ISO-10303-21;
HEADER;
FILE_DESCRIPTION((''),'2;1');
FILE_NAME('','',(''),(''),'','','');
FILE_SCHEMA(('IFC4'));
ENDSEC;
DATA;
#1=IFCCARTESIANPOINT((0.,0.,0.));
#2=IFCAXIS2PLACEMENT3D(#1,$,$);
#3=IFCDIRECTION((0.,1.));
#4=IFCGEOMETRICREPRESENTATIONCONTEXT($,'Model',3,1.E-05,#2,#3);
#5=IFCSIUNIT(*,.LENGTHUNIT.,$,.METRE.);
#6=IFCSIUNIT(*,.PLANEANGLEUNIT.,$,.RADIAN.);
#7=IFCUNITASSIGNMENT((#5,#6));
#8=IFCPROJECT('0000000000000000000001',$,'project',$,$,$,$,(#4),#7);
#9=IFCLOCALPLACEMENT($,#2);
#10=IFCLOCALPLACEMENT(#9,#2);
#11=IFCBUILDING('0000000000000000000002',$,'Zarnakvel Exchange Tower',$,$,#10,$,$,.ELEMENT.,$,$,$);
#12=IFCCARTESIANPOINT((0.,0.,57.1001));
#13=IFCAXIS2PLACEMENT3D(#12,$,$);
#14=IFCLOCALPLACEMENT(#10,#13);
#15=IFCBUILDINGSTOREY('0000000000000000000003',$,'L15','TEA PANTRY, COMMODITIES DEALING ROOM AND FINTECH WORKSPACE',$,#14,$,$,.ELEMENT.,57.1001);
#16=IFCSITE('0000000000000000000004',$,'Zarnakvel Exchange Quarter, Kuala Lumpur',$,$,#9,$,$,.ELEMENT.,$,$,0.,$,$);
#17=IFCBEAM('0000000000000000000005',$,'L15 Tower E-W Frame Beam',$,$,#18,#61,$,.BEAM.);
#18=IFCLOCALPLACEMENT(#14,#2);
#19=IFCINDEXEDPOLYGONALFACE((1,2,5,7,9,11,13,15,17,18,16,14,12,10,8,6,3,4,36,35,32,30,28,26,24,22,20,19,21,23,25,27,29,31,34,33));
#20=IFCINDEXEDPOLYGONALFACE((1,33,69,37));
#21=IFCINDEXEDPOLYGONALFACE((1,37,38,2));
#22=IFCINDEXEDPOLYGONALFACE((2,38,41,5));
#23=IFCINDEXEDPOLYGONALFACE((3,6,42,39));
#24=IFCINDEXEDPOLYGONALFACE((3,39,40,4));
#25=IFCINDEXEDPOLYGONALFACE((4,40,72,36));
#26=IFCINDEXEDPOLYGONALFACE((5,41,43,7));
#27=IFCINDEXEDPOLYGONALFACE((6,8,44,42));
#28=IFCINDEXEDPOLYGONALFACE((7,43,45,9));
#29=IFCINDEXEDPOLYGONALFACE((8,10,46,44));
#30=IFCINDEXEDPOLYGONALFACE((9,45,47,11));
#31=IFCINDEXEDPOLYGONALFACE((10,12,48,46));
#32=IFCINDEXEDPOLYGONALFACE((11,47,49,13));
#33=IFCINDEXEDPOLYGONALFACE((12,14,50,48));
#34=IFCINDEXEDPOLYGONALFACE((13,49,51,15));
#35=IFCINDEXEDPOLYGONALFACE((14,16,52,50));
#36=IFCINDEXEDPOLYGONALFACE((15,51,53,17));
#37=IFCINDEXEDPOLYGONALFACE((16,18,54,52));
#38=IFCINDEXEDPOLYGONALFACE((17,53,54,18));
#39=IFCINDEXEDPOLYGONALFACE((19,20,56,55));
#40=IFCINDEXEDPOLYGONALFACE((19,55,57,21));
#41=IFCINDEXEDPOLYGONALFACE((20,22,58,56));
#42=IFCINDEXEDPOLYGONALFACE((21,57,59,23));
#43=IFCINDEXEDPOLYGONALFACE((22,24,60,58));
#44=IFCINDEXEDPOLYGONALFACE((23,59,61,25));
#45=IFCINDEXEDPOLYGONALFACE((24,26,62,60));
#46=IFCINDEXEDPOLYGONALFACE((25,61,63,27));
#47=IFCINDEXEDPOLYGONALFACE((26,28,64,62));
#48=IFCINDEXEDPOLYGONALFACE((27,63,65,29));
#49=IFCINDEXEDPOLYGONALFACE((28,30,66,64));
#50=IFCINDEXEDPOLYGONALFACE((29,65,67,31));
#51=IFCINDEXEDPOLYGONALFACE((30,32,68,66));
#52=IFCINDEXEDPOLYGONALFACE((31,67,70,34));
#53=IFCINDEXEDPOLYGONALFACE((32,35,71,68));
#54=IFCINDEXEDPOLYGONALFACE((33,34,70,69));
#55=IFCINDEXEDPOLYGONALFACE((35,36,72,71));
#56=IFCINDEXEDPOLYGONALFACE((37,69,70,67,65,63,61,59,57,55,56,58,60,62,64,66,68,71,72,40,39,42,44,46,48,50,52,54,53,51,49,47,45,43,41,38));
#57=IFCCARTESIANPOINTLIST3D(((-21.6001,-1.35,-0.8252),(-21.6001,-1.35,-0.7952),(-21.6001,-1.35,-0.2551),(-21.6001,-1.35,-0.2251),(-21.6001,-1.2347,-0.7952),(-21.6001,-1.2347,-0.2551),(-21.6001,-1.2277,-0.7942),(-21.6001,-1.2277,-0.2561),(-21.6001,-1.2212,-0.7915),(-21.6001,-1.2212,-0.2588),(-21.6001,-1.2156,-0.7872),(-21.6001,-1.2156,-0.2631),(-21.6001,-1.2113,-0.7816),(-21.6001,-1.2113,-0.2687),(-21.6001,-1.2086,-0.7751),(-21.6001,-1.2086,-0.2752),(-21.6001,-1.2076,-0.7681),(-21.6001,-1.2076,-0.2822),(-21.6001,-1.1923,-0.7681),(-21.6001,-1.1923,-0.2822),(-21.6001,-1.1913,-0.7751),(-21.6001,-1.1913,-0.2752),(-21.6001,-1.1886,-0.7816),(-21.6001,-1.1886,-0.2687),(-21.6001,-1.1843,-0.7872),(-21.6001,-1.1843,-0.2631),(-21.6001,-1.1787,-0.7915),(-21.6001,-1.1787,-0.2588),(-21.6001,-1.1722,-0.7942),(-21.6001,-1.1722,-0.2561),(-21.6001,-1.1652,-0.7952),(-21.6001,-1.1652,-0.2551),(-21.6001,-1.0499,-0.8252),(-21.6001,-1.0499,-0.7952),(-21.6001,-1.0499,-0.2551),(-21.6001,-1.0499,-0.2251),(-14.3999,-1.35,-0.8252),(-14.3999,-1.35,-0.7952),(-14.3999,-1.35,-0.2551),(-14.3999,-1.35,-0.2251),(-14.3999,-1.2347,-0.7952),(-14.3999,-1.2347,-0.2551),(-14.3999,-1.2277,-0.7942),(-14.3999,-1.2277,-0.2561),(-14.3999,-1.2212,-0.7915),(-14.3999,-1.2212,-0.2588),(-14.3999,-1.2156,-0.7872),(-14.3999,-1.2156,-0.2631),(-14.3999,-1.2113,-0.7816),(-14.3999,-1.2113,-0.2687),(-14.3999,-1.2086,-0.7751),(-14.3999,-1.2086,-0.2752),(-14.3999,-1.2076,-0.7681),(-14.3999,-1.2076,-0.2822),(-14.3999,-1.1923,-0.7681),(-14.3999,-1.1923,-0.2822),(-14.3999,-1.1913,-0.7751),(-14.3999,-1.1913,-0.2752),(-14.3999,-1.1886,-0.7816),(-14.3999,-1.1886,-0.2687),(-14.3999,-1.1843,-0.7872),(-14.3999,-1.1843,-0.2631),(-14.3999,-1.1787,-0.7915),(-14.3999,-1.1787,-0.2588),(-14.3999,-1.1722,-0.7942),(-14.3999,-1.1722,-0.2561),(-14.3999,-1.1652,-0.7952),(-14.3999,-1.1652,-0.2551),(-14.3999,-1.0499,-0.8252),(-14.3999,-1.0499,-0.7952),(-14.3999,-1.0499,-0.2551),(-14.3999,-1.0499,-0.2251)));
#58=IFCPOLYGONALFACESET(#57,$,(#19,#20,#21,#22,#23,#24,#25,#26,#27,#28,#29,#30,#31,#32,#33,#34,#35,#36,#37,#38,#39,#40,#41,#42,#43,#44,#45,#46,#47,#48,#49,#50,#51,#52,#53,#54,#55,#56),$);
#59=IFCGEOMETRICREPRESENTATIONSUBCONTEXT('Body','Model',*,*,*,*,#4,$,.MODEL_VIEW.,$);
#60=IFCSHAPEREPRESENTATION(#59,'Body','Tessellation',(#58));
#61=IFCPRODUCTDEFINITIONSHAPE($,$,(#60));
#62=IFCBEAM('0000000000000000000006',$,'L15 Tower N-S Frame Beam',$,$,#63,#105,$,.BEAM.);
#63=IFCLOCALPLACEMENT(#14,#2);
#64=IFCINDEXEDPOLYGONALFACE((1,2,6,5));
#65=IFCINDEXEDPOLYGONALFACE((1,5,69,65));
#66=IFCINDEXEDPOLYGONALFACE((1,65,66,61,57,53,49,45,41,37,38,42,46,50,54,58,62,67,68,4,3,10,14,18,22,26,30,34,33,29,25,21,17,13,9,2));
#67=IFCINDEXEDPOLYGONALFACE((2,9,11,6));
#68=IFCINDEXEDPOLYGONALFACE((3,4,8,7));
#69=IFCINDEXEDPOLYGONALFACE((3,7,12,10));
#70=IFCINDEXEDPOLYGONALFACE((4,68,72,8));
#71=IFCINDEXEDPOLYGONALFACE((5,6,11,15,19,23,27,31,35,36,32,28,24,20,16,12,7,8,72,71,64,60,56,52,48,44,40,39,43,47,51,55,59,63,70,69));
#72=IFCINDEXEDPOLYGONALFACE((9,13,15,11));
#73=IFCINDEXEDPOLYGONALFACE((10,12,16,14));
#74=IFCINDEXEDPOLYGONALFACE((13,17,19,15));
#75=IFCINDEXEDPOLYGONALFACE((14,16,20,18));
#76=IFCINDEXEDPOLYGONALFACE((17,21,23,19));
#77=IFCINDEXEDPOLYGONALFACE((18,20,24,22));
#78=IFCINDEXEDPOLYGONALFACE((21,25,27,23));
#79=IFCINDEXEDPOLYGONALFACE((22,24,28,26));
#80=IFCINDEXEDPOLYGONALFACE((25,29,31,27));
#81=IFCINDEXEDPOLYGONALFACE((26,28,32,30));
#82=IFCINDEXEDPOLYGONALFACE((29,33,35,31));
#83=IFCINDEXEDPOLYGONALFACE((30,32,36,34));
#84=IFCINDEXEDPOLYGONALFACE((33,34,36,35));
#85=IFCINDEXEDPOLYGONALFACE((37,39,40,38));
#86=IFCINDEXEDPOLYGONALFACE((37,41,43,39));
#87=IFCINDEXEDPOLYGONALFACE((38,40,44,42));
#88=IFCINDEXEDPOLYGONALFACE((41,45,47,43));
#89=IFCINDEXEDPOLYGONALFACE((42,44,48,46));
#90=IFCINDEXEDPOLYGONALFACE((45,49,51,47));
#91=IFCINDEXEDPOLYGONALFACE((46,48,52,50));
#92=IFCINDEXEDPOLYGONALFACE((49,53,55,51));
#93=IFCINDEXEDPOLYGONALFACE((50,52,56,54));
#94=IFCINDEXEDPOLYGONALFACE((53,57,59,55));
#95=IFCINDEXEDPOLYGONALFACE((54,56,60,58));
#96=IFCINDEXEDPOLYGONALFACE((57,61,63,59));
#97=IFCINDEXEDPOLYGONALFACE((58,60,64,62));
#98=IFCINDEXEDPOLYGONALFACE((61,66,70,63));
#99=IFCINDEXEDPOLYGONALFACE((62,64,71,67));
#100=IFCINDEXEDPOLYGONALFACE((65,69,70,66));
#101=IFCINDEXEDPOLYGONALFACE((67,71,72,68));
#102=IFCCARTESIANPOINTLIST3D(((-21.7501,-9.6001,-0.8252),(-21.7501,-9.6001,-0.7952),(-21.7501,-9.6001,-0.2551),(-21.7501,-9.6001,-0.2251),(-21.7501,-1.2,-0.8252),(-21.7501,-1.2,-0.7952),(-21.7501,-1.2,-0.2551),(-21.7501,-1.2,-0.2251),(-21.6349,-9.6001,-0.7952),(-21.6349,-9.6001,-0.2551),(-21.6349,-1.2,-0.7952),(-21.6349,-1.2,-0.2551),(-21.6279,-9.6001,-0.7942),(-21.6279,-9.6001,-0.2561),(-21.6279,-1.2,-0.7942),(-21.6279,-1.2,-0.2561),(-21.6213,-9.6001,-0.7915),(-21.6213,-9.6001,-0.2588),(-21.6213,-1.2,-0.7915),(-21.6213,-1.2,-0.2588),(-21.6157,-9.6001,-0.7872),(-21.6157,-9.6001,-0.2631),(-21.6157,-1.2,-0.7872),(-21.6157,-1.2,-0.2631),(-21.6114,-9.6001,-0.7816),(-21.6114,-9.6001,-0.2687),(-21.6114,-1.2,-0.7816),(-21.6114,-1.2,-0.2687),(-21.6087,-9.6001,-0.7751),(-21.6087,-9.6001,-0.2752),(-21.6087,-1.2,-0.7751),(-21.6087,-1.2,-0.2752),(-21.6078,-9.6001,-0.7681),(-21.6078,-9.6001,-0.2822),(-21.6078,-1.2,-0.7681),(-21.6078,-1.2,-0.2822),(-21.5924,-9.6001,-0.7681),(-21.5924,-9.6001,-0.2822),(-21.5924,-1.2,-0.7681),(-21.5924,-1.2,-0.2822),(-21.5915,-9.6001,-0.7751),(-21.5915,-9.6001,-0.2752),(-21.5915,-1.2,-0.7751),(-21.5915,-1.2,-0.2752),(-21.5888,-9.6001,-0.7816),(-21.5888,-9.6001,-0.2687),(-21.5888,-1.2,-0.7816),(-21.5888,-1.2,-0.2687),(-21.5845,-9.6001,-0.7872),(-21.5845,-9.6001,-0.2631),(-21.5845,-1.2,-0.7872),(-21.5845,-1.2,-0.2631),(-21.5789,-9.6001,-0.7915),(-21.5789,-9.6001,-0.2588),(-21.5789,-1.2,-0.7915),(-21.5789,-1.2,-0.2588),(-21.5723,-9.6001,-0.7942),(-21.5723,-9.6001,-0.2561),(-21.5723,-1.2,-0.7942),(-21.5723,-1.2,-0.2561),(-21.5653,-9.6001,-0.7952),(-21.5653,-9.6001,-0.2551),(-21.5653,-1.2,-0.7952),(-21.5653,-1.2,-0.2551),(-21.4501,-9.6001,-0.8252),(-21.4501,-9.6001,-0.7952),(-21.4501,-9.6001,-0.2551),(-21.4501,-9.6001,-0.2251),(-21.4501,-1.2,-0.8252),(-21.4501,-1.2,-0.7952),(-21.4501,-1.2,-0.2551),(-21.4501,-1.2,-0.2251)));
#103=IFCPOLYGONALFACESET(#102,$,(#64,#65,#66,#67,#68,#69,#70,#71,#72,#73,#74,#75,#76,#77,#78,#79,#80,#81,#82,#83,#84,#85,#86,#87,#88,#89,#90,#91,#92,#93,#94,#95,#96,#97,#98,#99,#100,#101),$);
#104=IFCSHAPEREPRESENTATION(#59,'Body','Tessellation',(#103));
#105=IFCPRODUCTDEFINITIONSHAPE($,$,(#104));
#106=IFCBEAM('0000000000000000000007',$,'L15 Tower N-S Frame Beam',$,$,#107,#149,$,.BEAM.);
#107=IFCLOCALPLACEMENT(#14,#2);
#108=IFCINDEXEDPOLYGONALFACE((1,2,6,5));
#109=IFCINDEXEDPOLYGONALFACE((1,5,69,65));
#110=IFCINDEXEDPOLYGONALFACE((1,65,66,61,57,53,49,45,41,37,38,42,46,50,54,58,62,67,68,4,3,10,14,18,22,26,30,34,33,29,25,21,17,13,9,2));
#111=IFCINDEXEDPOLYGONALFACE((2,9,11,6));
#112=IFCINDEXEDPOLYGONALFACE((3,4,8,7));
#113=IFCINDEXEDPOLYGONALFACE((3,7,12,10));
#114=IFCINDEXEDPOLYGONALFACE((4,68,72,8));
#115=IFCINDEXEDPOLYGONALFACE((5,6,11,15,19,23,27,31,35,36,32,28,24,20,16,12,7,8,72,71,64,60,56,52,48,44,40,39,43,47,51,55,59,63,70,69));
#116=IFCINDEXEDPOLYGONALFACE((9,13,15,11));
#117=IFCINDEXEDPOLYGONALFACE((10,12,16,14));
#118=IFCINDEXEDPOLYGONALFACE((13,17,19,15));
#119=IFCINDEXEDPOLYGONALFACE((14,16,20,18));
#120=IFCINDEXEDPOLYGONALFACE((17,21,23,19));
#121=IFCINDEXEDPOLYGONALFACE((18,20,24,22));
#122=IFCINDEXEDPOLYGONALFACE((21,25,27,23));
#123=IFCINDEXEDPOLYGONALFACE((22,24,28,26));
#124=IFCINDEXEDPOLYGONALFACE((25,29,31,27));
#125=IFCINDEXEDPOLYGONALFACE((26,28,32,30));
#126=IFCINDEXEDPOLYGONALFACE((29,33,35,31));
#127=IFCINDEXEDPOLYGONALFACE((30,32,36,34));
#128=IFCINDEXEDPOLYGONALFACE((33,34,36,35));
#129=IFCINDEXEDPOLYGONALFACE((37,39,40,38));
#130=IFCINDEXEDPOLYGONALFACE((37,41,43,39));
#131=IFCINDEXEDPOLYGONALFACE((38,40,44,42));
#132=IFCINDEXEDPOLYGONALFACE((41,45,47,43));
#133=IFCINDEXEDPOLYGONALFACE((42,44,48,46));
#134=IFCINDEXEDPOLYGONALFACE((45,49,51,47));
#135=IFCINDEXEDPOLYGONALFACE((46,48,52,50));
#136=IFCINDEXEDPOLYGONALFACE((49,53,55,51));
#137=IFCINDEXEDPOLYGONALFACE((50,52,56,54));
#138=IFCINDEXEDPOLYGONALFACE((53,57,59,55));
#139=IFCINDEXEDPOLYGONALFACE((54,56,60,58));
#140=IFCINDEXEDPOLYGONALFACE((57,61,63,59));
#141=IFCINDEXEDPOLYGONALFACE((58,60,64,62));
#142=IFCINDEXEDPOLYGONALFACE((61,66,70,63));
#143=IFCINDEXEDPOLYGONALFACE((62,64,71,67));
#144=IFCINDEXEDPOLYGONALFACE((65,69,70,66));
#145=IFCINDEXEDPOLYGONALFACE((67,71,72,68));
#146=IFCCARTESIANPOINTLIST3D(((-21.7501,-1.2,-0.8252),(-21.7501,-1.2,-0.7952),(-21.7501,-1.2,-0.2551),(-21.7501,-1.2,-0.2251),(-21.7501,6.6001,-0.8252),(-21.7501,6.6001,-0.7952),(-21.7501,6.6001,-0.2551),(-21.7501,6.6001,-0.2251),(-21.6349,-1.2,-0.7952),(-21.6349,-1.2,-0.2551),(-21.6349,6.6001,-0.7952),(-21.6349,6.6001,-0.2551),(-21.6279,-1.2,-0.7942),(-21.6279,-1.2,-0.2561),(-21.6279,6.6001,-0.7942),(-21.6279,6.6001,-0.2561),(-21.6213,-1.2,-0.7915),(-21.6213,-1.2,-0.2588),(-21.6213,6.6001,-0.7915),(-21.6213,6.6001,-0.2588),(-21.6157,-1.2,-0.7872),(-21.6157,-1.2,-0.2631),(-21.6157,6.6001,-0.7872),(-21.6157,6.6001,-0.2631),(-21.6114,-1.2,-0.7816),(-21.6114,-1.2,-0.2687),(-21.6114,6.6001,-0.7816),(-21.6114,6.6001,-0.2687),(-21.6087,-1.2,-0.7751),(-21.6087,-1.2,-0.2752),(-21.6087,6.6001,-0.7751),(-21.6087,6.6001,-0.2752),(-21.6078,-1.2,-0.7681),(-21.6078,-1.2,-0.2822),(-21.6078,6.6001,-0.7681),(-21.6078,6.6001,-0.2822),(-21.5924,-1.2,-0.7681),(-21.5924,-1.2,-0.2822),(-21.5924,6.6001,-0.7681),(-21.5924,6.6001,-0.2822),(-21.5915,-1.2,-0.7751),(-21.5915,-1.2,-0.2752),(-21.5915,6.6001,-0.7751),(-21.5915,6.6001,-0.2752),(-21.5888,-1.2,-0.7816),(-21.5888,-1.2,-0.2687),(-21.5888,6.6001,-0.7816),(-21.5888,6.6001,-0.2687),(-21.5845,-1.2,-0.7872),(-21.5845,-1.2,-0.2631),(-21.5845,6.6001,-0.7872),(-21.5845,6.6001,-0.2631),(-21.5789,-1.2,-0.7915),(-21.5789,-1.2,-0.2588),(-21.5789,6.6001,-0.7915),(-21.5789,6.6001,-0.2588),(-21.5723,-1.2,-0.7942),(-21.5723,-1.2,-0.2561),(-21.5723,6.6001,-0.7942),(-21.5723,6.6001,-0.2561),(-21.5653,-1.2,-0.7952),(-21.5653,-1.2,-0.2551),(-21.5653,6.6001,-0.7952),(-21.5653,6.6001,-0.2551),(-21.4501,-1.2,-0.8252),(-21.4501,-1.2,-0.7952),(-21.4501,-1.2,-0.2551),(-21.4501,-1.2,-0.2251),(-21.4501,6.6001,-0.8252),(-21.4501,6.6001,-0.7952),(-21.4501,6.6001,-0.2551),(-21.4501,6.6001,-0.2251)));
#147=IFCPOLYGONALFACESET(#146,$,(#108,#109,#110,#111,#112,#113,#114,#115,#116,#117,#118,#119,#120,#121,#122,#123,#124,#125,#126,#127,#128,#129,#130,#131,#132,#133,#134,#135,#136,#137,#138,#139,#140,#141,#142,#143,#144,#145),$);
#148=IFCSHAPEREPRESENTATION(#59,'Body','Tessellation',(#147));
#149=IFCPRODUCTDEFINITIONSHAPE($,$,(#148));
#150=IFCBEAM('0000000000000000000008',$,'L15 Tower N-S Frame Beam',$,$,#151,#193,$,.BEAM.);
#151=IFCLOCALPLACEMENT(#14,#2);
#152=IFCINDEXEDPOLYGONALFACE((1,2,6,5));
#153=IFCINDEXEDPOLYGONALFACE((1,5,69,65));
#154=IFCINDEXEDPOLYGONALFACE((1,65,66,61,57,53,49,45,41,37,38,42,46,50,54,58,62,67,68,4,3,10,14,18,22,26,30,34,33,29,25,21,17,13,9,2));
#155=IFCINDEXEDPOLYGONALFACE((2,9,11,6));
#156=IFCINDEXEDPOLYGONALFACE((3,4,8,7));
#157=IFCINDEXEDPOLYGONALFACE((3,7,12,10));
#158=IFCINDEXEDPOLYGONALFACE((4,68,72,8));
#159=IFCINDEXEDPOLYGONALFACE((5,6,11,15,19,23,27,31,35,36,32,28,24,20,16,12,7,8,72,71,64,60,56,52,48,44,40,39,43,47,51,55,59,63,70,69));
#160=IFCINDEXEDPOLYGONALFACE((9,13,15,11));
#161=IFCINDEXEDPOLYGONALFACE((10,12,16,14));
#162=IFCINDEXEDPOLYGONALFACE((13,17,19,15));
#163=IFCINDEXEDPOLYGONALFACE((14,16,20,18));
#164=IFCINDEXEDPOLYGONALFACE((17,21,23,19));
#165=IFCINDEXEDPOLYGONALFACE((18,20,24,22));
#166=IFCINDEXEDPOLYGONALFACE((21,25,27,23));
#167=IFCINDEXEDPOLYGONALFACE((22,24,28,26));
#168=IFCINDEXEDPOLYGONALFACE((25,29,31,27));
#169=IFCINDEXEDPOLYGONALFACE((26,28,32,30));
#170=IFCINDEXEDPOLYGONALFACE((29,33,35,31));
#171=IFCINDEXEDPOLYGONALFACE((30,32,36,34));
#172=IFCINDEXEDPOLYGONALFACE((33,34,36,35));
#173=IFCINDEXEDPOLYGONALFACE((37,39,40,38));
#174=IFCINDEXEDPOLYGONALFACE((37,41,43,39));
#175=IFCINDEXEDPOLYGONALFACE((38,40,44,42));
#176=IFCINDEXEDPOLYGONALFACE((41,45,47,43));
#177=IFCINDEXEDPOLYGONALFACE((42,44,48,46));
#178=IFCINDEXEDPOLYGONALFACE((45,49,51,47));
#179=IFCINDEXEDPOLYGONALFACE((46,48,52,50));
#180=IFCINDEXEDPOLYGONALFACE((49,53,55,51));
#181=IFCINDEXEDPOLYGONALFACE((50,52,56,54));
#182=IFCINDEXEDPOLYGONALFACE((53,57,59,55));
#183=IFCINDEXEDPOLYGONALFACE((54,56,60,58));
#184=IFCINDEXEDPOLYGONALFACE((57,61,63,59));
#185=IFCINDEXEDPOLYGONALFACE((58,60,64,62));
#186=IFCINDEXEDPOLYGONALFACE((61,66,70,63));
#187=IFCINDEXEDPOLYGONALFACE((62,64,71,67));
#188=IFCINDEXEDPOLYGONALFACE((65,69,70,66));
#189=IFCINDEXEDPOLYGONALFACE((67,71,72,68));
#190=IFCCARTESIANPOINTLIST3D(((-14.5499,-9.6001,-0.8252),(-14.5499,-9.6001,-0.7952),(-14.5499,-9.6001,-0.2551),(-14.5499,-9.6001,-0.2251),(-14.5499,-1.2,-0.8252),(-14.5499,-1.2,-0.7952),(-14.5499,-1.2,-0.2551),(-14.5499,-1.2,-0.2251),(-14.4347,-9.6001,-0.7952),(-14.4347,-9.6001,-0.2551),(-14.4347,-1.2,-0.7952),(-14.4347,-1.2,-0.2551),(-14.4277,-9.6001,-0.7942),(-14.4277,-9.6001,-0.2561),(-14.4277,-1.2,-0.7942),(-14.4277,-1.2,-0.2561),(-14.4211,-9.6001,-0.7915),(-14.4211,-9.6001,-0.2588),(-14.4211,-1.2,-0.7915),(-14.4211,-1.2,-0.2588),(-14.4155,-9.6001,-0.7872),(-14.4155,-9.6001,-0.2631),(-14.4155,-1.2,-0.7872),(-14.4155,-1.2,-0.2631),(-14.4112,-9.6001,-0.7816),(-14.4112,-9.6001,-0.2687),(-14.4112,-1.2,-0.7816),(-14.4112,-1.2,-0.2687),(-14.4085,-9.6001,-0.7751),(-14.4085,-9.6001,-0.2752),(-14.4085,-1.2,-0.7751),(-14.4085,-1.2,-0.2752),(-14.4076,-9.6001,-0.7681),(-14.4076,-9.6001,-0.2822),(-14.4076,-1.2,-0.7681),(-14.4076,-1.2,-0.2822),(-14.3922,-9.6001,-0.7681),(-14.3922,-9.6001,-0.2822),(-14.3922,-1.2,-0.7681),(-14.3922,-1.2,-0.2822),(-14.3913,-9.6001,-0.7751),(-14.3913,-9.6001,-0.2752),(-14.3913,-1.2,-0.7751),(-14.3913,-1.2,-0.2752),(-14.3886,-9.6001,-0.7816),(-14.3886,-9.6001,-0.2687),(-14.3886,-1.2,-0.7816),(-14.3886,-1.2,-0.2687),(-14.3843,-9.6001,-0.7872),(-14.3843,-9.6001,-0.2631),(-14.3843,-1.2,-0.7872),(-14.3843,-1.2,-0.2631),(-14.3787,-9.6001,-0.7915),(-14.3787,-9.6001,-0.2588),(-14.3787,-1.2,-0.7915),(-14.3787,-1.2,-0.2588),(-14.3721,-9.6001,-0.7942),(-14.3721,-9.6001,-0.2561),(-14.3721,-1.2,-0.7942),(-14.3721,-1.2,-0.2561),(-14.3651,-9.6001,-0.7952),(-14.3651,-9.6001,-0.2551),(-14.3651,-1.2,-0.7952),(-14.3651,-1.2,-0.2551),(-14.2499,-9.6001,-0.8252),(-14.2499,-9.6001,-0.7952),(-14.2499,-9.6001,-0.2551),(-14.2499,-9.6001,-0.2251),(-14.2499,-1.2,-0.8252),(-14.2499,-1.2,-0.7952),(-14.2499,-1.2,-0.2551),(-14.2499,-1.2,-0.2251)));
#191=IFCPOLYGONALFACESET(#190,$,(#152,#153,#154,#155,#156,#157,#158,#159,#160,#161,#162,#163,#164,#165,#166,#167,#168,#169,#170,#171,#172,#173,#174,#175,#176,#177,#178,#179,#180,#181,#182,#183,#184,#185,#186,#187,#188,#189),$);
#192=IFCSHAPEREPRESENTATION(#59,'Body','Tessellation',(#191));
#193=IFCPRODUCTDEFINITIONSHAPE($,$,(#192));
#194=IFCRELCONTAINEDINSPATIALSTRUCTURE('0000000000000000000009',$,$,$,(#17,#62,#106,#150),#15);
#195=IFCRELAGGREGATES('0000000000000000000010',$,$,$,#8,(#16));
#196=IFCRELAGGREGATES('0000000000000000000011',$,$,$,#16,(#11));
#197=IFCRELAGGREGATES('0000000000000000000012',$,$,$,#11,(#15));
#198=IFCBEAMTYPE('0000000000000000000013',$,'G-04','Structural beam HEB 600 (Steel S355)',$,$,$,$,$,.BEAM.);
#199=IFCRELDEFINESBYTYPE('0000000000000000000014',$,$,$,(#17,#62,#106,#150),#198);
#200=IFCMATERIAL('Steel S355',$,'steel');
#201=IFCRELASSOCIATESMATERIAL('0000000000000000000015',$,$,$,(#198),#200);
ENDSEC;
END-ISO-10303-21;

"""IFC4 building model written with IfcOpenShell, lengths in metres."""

from ifc_helpers import new_model, si_unit, direction, frame, origin, origin_2d, place, context, subcontext, project, spatial, i_section, extrude, material, material_profile, profile_set, type_object, element, save


model = new_model("IFC4")

# Units and contexts
model_context = context("Model", 3, precision=1e-05, world=origin(), true_north=direction((0.0, 1.0)))
body_context = subcontext(model_context, "Body", "Model", "MODEL_VIEW")
ifc_project = project(units=[si_unit("LENGTHUNIT", "METRE"), si_unit("PLANEANGLEUNIT", "RADIAN")], contexts=[model_context])

# Site, building, storey
site_placement = place(None, origin())
site = spatial("IfcSite", under=ifc_project, at=site_placement, Name="Zarnakvel Exchange Quarter, Kuala Lumpur", CompositionType="ELEMENT", RefElevation=0.0)
building_placement = place(site_placement, origin())
building = spatial("IfcBuilding", under=site, at=building_placement, Name="Zarnakvel Exchange Tower", CompositionType="ELEMENT")
storey_placement = place(building_placement, frame((0.0, 0.0, 57.1001)))
storey = spatial("IfcBuildingStorey", under=building, at=storey_placement, Name="L15", Description="TEA PANTRY, COMMODITIES DEALING ROOM AND FINTECH WORKSPACE", CompositionType="ELEMENT", Elevation=57.1001)

# Shared definitions
ifc_material_1 = material(Name="Steel S355", Category="steel")

# Beams
ifc_material_profile_1 = material_profile(ifc_material_1, i_section(OverallWidth=0.3, OverallDepth=0.6001, WebThickness=0.0154, FlangeThickness=0.03, FilletRadius=0.0271, at=origin_2d()))
ifc_profile_set_1 = profile_set([ifc_material_profile_1], Name="Steel S355")
beam_type_1 = type_object("IfcBeamType", Name="G-04", Description="Structural beam HEB 600 (Steel S355)", PredefinedType="BEAM", material=ifc_profile_set_1)
beam_1_placement = place(storey_placement, frame((-21.6001, -1.2, -0.5251), z_axis=(1.0, 0.0, 0.0), x_axis=(0.0, 1.0, 0.0)))
element("IfcBeam", 1, at=beam_1_placement, inside=storey, type_object=beam_type_1, Name="L15 Tower E-W Frame Beam", PredefinedType="BEAM", context=body_context, shape_type="SweptSolid", body=[
    extrude(i_section(OverallWidth=0.3, OverallDepth=0.6001, WebThickness=0.0154, FlangeThickness=0.03, FilletRadius=0.0271, at=origin_2d()), origin(), (0.0, 0.0, 1.0), 7.2002),
])
beam_2_placement = place(storey_placement, frame((-21.6001, -9.6001, -0.5251), z_axis=(0.0, 1.0, 0.0), x_axis=(-1.0, 0.0, 0.0)))
element("IfcBeam", 2, at=beam_2_placement, inside=storey, type_object=beam_type_1, Name="L15 Tower N-S Frame Beam", PredefinedType="BEAM", context=body_context, shape_type="SweptSolid", body=[
    extrude(i_section(OverallWidth=0.3, OverallDepth=0.6001, WebThickness=0.0154, FlangeThickness=0.03, FilletRadius=0.0271, at=origin_2d()), origin(), (0.0, 0.0, 1.0), 8.4001),
])
beam_3_placement = place(storey_placement, frame((-21.6001, -1.2, -0.5251), z_axis=(0.0, 1.0, 0.0), x_axis=(-1.0, 0.0, 0.0)))
element("IfcBeam", 3, at=beam_3_placement, inside=storey, type_object=beam_type_1, Name="L15 Tower N-S Frame Beam", PredefinedType="BEAM", context=body_context, shape_type="SweptSolid", body=[
    extrude(i_section(OverallWidth=0.3, OverallDepth=0.6001, WebThickness=0.0154, FlangeThickness=0.03, FilletRadius=0.0271, at=origin_2d()), origin(), (0.0, 0.0, 1.0), 7.8),
])
beam_4_placement = place(storey_placement, frame((-14.3999, -9.6001, -0.5251), z_axis=(0.0, 1.0, 0.0), x_axis=(-1.0, 0.0, 0.0)))
element("IfcBeam", 4, at=beam_4_placement, inside=storey, type_object=beam_type_1, Name="L15 Tower N-S Frame Beam", PredefinedType="BEAM", context=body_context, shape_type="SweptSolid", body=[
    extrude(i_section(OverallWidth=0.3, OverallDepth=0.6001, WebThickness=0.0154, FlangeThickness=0.03, FilletRadius=0.0271, at=origin_2d()), origin(), (0.0, 0.0, 1.0), 8.4001),
])

save(model, "model.ifc")
